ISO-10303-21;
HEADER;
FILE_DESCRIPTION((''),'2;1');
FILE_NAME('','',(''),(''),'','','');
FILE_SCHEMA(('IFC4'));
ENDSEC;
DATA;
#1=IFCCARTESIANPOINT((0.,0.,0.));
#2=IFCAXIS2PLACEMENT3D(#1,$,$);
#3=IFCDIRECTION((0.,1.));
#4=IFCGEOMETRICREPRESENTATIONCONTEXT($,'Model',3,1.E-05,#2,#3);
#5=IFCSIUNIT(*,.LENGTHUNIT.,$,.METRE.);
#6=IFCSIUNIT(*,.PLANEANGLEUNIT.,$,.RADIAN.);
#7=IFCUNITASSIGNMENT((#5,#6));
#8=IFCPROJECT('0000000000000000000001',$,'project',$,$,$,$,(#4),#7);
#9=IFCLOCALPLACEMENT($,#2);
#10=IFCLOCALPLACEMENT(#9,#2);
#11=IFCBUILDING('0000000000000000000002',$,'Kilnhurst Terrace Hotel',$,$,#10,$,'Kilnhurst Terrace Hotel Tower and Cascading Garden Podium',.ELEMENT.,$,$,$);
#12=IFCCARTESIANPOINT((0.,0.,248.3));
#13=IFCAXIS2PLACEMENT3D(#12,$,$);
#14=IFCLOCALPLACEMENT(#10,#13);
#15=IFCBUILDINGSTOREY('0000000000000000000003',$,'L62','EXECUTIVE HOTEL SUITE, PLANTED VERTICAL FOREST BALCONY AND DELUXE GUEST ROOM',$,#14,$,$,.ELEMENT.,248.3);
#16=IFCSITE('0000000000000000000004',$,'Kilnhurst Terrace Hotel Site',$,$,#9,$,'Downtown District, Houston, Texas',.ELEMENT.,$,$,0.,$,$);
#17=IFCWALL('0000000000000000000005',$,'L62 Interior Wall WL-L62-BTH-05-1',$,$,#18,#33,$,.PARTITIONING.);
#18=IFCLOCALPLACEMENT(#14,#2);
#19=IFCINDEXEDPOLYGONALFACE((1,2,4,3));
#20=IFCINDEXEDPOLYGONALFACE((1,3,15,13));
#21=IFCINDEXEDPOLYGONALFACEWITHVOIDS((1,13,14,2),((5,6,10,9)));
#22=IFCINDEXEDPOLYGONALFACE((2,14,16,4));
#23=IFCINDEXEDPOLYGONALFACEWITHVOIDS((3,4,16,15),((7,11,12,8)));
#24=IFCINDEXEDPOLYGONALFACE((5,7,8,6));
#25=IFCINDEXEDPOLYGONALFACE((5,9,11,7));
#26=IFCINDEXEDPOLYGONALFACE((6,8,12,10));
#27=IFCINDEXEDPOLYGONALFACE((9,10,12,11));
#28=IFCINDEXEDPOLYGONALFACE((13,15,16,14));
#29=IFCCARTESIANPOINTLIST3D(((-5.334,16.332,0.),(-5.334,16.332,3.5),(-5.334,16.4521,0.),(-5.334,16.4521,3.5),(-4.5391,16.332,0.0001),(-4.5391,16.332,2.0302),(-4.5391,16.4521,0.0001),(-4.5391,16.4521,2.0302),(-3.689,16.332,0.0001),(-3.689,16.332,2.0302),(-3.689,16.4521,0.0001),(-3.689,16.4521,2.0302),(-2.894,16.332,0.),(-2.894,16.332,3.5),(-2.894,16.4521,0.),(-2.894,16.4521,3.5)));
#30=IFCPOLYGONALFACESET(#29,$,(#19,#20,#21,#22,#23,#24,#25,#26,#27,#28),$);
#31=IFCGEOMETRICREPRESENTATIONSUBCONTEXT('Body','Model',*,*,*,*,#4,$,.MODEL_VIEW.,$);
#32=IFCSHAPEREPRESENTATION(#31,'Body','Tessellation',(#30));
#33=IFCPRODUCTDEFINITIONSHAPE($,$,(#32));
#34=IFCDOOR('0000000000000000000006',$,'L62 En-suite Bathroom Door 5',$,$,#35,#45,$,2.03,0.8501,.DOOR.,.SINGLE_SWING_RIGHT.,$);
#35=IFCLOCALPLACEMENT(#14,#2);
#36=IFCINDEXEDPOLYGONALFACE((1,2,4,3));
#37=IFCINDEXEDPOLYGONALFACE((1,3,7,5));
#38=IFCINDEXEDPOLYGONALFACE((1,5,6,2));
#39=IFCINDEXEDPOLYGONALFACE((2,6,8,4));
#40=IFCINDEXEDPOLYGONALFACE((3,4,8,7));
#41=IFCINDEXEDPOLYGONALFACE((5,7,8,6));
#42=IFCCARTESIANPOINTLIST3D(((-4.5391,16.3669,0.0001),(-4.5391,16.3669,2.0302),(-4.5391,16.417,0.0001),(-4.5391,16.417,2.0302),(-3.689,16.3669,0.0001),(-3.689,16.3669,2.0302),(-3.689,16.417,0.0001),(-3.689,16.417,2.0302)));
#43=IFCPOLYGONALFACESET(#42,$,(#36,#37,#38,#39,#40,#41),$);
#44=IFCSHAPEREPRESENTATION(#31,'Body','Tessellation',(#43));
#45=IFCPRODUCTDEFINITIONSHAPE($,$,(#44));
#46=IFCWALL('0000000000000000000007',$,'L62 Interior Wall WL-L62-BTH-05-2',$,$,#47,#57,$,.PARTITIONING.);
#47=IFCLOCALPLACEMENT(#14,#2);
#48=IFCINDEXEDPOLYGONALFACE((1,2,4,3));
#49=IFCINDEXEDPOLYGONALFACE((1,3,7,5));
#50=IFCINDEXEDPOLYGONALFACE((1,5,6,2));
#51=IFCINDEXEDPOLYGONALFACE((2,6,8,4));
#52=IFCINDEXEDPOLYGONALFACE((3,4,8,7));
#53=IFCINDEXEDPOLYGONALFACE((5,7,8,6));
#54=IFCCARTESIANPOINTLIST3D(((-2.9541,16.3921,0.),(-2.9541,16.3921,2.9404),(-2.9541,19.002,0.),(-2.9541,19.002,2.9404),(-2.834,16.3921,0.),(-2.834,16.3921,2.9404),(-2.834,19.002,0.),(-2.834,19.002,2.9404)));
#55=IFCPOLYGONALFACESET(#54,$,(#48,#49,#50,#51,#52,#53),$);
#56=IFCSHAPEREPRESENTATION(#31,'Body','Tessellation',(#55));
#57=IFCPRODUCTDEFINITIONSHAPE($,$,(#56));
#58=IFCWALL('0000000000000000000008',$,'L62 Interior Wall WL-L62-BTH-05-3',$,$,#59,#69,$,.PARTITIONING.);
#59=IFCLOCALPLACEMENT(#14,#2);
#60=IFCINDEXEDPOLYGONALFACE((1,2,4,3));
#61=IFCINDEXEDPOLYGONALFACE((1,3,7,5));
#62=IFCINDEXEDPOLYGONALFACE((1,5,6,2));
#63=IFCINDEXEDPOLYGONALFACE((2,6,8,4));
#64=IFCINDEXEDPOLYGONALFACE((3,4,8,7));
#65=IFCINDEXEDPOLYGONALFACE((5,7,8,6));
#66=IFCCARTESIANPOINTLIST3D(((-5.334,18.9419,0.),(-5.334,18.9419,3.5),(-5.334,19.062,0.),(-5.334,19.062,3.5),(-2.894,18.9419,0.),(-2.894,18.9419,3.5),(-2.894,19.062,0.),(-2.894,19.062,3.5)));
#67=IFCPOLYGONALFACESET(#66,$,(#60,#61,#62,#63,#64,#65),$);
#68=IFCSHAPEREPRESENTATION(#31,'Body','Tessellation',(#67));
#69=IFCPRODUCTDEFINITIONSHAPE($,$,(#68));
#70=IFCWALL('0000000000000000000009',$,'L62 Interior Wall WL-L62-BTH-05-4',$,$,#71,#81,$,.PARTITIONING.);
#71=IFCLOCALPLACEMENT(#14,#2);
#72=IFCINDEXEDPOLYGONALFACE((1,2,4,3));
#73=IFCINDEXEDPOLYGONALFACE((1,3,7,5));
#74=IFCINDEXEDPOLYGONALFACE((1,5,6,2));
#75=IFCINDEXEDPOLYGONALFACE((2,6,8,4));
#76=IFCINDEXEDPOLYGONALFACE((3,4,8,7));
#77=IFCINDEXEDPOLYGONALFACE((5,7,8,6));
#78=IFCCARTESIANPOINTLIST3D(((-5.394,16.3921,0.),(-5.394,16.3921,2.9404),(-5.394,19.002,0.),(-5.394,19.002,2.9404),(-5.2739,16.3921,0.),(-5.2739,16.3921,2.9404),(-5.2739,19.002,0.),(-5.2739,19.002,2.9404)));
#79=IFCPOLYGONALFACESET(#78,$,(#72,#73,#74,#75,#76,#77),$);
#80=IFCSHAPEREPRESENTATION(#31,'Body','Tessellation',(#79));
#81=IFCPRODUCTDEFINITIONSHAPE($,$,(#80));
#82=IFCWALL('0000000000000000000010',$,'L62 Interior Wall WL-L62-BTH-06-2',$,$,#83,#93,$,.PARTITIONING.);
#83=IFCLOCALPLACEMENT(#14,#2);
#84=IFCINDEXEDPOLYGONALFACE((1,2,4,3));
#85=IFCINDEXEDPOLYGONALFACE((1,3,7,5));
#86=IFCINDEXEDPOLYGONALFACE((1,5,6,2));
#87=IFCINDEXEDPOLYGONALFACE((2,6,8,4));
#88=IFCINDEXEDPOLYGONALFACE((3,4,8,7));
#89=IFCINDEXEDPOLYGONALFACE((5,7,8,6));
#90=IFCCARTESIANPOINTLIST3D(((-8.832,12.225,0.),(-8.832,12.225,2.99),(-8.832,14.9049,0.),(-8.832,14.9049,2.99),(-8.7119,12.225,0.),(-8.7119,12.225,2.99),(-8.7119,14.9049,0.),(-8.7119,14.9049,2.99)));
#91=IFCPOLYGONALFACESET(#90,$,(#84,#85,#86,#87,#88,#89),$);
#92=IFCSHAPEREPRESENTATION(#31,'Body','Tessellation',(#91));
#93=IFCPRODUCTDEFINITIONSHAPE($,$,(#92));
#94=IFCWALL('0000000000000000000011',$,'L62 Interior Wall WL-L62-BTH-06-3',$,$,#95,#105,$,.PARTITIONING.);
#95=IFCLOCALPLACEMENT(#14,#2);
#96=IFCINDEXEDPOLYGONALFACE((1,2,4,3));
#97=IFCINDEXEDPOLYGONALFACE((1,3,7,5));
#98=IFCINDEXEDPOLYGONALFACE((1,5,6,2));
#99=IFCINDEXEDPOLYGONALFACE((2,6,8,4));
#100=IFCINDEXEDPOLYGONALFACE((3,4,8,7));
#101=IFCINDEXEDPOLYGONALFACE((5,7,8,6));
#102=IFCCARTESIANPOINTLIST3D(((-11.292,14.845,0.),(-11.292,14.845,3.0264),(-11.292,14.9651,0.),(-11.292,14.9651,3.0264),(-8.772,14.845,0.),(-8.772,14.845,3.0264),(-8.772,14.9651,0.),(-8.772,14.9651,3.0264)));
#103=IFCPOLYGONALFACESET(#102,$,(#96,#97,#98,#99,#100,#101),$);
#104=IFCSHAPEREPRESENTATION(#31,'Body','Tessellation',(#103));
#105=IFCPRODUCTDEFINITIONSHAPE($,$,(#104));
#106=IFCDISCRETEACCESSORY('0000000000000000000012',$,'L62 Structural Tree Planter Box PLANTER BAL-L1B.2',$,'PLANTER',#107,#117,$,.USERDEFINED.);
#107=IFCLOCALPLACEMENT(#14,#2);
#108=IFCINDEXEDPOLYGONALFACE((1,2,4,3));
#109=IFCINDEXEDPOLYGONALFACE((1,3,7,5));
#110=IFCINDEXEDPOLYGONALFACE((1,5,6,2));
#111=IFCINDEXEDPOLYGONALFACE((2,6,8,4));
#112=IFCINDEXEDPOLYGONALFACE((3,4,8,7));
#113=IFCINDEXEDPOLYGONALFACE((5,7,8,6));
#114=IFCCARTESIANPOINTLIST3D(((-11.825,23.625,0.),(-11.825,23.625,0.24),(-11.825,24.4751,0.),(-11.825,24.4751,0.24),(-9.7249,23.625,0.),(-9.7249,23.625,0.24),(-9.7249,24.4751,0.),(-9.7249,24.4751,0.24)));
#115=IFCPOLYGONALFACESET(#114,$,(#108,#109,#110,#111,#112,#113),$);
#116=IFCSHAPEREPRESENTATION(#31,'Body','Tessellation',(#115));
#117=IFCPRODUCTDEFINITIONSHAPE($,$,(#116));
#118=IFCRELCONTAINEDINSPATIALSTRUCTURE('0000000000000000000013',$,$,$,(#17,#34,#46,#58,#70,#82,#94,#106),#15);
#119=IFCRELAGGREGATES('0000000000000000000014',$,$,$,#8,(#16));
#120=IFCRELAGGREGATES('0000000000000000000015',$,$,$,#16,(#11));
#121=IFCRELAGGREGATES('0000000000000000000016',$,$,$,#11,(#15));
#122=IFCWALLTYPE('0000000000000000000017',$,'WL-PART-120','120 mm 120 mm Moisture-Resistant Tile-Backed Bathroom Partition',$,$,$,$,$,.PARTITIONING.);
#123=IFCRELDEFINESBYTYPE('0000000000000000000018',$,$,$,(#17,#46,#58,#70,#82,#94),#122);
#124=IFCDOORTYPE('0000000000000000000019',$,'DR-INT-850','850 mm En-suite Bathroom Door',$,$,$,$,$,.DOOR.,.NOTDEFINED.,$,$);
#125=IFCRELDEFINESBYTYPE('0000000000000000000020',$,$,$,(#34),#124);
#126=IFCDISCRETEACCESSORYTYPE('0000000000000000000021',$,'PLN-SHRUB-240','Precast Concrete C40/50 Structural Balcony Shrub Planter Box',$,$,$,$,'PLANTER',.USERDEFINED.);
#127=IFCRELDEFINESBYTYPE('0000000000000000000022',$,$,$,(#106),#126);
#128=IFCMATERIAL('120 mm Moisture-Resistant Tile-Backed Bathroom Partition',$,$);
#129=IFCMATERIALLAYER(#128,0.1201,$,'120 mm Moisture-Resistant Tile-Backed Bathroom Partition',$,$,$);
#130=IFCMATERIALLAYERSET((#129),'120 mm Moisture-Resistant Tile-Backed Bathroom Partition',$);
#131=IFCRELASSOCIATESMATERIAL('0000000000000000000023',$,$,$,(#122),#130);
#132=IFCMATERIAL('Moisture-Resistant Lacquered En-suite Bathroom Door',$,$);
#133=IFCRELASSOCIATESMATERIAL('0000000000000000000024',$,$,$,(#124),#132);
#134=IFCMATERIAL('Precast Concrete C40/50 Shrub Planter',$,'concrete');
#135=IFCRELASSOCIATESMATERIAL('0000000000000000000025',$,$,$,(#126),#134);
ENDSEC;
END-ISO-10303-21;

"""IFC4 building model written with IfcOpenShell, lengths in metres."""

from ifc_helpers import new_model, si_unit, direction, frame, frame_2d, origin, origin_2d, place, context, subcontext, project, spatial, rectangle, extrude, material, layer, layer_set, type_object, element, fill, save


model = new_model("IFC4")

# Units and contexts
model_context = context("Model", 3, precision=1e-05, world=origin(), true_north=direction((0.0, 1.0)))
body_context = subcontext(model_context, "Body", "Model", "MODEL_VIEW")
ifc_project = project(units=[si_unit("LENGTHUNIT", "METRE"), si_unit("PLANEANGLEUNIT", "RADIAN")], contexts=[model_context])

# Site, building, storey
site_placement = place(None, origin())
site = spatial("IfcSite", under=ifc_project, at=site_placement, Name="Kilnhurst Terrace Hotel Site", LongName="Downtown District, Houston, Texas", CompositionType="ELEMENT", RefElevation=0.0)
building_placement = place(site_placement, origin())
building = spatial("IfcBuilding", under=site, at=building_placement, Name="Kilnhurst Terrace Hotel", LongName="Kilnhurst Terrace Hotel Tower and Cascading Garden Podium", CompositionType="ELEMENT")
storey_placement = place(building_placement, frame((0.0, 0.0, 248.3)))
storey = spatial("IfcBuildingStorey", under=building, at=storey_placement, Name="L62", Description="EXECUTIVE HOTEL SUITE, PLANTED VERTICAL FOREST BALCONY AND DELUXE GUEST ROOM", CompositionType="ELEMENT", Elevation=248.3)

# Wall, opening, door
ifc_material_1 = material(Name="120 mm Moisture-Resistant Tile-Backed Bathroom Partition")
ifc_layer_1 = layer(ifc_material_1, 0.1201, Name="120 mm Moisture-Resistant Tile-Backed Bathroom Partition")
ifc_layer_set_1 = layer_set([ifc_layer_1], Name="120 mm Moisture-Resistant Tile-Backed Bathroom Partition")
wall_type_1 = type_object("IfcWallType", Name="WL-PART-120", Description="120 mm 120 mm Moisture-Resistant Tile-Backed Bathroom Partition", PredefinedType="PARTITIONING", material=ifc_layer_set_1)
wall_1_placement = place(storey_placement, frame((-5.334, 16.3921, 0.0), z_axis=(0.0, 0.0, 1.0), x_axis=(1.0, 0.0, 0.0)))
wall_1 = element("IfcWall", 1, at=wall_1_placement, inside=storey, type_object=wall_type_1, Name="L62 Interior Wall WL-L62-BTH-05-1", PredefinedType="PARTITIONING", context=body_context, shape_type="SweptSolid", body=[
    extrude(rectangle(XDim=2.4399, YDim=0.1201, at=frame_2d((1.22, 0.0))), origin(), (0.0, 0.0, 1.0), 3.5),
])
opening_placement = place(wall_1_placement, frame((0.7949, 0.0, 0.0)))
opening = element("IfcOpeningElement", 2, at=opening_placement, cuts=wall_1, PredefinedType="OPENING", context=body_context, shape_type="SweptSolid", body=[
    extrude(rectangle(XDim=0.8501, YDim=2.03, at=frame_2d((0.425, 1.0151))), frame((0.0, 0.0701, 0.0), z_axis=(0.0, -1.0, 0.0), x_axis=(1.0, 0.0, 0.0)), (0.0, 0.0, 1.0), 0.1401),
])
ifc_material_2 = material(Name="Moisture-Resistant Lacquered En-suite Bathroom Door")
door_type = type_object("IfcDoorType", Name="DR-INT-850", Description="850 mm En-suite Bathroom Door", OperationType="NOTDEFINED", PredefinedType="DOOR", material=ifc_material_2)
door_placement = place(opening_placement, origin())
door = element("IfcDoor", 3, at=door_placement, inside=storey, type_object=door_type, Name="L62 En-suite Bathroom Door 5", OperationType="SINGLE_SWING_RIGHT", OverallHeight=2.03, OverallWidth=0.8501, PredefinedType="DOOR", context=body_context, shape_type="SweptSolid", body=[
    extrude(rectangle(XDim=0.8501, YDim=2.03, at=frame_2d((0.425, 1.0151))), frame((0.0, 0.0249, 0.0), z_axis=(0.0, -1.0, 0.0), x_axis=(1.0, 0.0, 0.0)), (0.0, 0.0, 1.0), 0.05),
])
fill(opening, door)

# Walls
wall_2_placement = place(storey_placement, frame((-2.894, 16.3921, 0.0), z_axis=(0.0, 0.0, 1.0), x_axis=(0.0, 1.0, 0.0)))
element("IfcWall", 4, at=wall_2_placement, inside=storey, type_object=wall_type_1, Name="L62 Interior Wall WL-L62-BTH-05-2", PredefinedType="PARTITIONING", context=body_context, shape_type="SweptSolid", body=[
    extrude(rectangle(XDim=2.6099, YDim=0.1201, at=frame_2d((1.3049, 0.0))), origin(), (0.0, 0.0, 1.0), 2.9404),
])
wall_3_placement = place(storey_placement, frame((-2.894, 19.002, 0.0), z_axis=(0.0, 0.0, 1.0), x_axis=(-1.0, 0.0, 0.0)))
element("IfcWall", 5, at=wall_3_placement, inside=storey, type_object=wall_type_1, Name="L62 Interior Wall WL-L62-BTH-05-3", PredefinedType="PARTITIONING", context=body_context, shape_type="SweptSolid", body=[
    extrude(rectangle(XDim=2.4399, YDim=0.1201, at=frame_2d((1.22, 0.0))), origin(), (0.0, 0.0, 1.0), 3.5),
])
wall_4_placement = place(storey_placement, frame((-5.334, 19.002, 0.0), z_axis=(0.0, 0.0, 1.0), x_axis=(0.0, -1.0, 0.0)))
element("IfcWall", 6, at=wall_4_placement, inside=storey, type_object=wall_type_1, Name="L62 Interior Wall WL-L62-BTH-05-4", PredefinedType="PARTITIONING", context=body_context, shape_type="SweptSolid", body=[
    extrude(rectangle(XDim=2.6099, YDim=0.1201, at=frame_2d((1.3049, 0.0))), origin(), (0.0, 0.0, 1.0), 2.9404),
])
wall_5_placement = place(storey_placement, frame((-8.772, 12.2251, 0.0), z_axis=(0.0, 0.0, 1.0), x_axis=(0.0, 1.0, 0.0)))
element("IfcWall", 7, at=wall_5_placement, inside=storey, type_object=wall_type_1, Name="L62 Interior Wall WL-L62-BTH-06-2", PredefinedType="PARTITIONING", context=body_context, shape_type="SweptSolid", body=[
    extrude(rectangle(XDim=2.6799, YDim=0.1201, at=frame_2d((1.3398, 0.0))), origin(), (0.0, 0.0, 1.0), 2.99),
])
wall_6_placement = place(storey_placement, frame((-8.772, 14.905, 0.0), z_axis=(0.0, 0.0, 1.0), x_axis=(-1.0, 0.0, 0.0)))
element("IfcWall", 8, at=wall_6_placement, inside=storey, type_object=wall_type_1, Name="L62 Interior Wall WL-L62-BTH-06-3", PredefinedType="PARTITIONING", context=body_context, shape_type="SweptSolid", body=[
    extrude(rectangle(XDim=2.52, YDim=0.1201, at=frame_2d((1.26, 0.0))), origin(), (0.0, 0.0, 1.0), 3.0264),
])

# Discrete accessory
ifc_material_3 = material(Name="Precast Concrete C40/50 Shrub Planter", Category="concrete")
discrete_accessory_type = type_object("IfcDiscreteAccessoryType", Name="PLN-SHRUB-240", Description="Precast Concrete C40/50 Structural Balcony Shrub Planter Box", ElementType="PLANTER", PredefinedType="USERDEFINED", material=ifc_material_3)
discrete_accessory_placement = place(storey_placement, frame((-10.7749, 24.05, 0.0), z_axis=(0.0, 0.0, 1.0), x_axis=(-1.0, 0.0, 0.0)))
element("IfcDiscreteAccessory", 9, at=discrete_accessory_placement, inside=storey, type_object=discrete_accessory_type, Name="L62 Structural Tree Planter Box PLANTER BAL-L1B.2", ObjectType="PLANTER", PredefinedType="USERDEFINED", context=body_context, shape_type="SweptSolid", body=[
    extrude(rectangle(XDim=2.1001, YDim=0.8501, at=origin_2d()), origin(), (0.0, 0.0, 1.0), 0.24),
])

save(model, "model.ifc")
